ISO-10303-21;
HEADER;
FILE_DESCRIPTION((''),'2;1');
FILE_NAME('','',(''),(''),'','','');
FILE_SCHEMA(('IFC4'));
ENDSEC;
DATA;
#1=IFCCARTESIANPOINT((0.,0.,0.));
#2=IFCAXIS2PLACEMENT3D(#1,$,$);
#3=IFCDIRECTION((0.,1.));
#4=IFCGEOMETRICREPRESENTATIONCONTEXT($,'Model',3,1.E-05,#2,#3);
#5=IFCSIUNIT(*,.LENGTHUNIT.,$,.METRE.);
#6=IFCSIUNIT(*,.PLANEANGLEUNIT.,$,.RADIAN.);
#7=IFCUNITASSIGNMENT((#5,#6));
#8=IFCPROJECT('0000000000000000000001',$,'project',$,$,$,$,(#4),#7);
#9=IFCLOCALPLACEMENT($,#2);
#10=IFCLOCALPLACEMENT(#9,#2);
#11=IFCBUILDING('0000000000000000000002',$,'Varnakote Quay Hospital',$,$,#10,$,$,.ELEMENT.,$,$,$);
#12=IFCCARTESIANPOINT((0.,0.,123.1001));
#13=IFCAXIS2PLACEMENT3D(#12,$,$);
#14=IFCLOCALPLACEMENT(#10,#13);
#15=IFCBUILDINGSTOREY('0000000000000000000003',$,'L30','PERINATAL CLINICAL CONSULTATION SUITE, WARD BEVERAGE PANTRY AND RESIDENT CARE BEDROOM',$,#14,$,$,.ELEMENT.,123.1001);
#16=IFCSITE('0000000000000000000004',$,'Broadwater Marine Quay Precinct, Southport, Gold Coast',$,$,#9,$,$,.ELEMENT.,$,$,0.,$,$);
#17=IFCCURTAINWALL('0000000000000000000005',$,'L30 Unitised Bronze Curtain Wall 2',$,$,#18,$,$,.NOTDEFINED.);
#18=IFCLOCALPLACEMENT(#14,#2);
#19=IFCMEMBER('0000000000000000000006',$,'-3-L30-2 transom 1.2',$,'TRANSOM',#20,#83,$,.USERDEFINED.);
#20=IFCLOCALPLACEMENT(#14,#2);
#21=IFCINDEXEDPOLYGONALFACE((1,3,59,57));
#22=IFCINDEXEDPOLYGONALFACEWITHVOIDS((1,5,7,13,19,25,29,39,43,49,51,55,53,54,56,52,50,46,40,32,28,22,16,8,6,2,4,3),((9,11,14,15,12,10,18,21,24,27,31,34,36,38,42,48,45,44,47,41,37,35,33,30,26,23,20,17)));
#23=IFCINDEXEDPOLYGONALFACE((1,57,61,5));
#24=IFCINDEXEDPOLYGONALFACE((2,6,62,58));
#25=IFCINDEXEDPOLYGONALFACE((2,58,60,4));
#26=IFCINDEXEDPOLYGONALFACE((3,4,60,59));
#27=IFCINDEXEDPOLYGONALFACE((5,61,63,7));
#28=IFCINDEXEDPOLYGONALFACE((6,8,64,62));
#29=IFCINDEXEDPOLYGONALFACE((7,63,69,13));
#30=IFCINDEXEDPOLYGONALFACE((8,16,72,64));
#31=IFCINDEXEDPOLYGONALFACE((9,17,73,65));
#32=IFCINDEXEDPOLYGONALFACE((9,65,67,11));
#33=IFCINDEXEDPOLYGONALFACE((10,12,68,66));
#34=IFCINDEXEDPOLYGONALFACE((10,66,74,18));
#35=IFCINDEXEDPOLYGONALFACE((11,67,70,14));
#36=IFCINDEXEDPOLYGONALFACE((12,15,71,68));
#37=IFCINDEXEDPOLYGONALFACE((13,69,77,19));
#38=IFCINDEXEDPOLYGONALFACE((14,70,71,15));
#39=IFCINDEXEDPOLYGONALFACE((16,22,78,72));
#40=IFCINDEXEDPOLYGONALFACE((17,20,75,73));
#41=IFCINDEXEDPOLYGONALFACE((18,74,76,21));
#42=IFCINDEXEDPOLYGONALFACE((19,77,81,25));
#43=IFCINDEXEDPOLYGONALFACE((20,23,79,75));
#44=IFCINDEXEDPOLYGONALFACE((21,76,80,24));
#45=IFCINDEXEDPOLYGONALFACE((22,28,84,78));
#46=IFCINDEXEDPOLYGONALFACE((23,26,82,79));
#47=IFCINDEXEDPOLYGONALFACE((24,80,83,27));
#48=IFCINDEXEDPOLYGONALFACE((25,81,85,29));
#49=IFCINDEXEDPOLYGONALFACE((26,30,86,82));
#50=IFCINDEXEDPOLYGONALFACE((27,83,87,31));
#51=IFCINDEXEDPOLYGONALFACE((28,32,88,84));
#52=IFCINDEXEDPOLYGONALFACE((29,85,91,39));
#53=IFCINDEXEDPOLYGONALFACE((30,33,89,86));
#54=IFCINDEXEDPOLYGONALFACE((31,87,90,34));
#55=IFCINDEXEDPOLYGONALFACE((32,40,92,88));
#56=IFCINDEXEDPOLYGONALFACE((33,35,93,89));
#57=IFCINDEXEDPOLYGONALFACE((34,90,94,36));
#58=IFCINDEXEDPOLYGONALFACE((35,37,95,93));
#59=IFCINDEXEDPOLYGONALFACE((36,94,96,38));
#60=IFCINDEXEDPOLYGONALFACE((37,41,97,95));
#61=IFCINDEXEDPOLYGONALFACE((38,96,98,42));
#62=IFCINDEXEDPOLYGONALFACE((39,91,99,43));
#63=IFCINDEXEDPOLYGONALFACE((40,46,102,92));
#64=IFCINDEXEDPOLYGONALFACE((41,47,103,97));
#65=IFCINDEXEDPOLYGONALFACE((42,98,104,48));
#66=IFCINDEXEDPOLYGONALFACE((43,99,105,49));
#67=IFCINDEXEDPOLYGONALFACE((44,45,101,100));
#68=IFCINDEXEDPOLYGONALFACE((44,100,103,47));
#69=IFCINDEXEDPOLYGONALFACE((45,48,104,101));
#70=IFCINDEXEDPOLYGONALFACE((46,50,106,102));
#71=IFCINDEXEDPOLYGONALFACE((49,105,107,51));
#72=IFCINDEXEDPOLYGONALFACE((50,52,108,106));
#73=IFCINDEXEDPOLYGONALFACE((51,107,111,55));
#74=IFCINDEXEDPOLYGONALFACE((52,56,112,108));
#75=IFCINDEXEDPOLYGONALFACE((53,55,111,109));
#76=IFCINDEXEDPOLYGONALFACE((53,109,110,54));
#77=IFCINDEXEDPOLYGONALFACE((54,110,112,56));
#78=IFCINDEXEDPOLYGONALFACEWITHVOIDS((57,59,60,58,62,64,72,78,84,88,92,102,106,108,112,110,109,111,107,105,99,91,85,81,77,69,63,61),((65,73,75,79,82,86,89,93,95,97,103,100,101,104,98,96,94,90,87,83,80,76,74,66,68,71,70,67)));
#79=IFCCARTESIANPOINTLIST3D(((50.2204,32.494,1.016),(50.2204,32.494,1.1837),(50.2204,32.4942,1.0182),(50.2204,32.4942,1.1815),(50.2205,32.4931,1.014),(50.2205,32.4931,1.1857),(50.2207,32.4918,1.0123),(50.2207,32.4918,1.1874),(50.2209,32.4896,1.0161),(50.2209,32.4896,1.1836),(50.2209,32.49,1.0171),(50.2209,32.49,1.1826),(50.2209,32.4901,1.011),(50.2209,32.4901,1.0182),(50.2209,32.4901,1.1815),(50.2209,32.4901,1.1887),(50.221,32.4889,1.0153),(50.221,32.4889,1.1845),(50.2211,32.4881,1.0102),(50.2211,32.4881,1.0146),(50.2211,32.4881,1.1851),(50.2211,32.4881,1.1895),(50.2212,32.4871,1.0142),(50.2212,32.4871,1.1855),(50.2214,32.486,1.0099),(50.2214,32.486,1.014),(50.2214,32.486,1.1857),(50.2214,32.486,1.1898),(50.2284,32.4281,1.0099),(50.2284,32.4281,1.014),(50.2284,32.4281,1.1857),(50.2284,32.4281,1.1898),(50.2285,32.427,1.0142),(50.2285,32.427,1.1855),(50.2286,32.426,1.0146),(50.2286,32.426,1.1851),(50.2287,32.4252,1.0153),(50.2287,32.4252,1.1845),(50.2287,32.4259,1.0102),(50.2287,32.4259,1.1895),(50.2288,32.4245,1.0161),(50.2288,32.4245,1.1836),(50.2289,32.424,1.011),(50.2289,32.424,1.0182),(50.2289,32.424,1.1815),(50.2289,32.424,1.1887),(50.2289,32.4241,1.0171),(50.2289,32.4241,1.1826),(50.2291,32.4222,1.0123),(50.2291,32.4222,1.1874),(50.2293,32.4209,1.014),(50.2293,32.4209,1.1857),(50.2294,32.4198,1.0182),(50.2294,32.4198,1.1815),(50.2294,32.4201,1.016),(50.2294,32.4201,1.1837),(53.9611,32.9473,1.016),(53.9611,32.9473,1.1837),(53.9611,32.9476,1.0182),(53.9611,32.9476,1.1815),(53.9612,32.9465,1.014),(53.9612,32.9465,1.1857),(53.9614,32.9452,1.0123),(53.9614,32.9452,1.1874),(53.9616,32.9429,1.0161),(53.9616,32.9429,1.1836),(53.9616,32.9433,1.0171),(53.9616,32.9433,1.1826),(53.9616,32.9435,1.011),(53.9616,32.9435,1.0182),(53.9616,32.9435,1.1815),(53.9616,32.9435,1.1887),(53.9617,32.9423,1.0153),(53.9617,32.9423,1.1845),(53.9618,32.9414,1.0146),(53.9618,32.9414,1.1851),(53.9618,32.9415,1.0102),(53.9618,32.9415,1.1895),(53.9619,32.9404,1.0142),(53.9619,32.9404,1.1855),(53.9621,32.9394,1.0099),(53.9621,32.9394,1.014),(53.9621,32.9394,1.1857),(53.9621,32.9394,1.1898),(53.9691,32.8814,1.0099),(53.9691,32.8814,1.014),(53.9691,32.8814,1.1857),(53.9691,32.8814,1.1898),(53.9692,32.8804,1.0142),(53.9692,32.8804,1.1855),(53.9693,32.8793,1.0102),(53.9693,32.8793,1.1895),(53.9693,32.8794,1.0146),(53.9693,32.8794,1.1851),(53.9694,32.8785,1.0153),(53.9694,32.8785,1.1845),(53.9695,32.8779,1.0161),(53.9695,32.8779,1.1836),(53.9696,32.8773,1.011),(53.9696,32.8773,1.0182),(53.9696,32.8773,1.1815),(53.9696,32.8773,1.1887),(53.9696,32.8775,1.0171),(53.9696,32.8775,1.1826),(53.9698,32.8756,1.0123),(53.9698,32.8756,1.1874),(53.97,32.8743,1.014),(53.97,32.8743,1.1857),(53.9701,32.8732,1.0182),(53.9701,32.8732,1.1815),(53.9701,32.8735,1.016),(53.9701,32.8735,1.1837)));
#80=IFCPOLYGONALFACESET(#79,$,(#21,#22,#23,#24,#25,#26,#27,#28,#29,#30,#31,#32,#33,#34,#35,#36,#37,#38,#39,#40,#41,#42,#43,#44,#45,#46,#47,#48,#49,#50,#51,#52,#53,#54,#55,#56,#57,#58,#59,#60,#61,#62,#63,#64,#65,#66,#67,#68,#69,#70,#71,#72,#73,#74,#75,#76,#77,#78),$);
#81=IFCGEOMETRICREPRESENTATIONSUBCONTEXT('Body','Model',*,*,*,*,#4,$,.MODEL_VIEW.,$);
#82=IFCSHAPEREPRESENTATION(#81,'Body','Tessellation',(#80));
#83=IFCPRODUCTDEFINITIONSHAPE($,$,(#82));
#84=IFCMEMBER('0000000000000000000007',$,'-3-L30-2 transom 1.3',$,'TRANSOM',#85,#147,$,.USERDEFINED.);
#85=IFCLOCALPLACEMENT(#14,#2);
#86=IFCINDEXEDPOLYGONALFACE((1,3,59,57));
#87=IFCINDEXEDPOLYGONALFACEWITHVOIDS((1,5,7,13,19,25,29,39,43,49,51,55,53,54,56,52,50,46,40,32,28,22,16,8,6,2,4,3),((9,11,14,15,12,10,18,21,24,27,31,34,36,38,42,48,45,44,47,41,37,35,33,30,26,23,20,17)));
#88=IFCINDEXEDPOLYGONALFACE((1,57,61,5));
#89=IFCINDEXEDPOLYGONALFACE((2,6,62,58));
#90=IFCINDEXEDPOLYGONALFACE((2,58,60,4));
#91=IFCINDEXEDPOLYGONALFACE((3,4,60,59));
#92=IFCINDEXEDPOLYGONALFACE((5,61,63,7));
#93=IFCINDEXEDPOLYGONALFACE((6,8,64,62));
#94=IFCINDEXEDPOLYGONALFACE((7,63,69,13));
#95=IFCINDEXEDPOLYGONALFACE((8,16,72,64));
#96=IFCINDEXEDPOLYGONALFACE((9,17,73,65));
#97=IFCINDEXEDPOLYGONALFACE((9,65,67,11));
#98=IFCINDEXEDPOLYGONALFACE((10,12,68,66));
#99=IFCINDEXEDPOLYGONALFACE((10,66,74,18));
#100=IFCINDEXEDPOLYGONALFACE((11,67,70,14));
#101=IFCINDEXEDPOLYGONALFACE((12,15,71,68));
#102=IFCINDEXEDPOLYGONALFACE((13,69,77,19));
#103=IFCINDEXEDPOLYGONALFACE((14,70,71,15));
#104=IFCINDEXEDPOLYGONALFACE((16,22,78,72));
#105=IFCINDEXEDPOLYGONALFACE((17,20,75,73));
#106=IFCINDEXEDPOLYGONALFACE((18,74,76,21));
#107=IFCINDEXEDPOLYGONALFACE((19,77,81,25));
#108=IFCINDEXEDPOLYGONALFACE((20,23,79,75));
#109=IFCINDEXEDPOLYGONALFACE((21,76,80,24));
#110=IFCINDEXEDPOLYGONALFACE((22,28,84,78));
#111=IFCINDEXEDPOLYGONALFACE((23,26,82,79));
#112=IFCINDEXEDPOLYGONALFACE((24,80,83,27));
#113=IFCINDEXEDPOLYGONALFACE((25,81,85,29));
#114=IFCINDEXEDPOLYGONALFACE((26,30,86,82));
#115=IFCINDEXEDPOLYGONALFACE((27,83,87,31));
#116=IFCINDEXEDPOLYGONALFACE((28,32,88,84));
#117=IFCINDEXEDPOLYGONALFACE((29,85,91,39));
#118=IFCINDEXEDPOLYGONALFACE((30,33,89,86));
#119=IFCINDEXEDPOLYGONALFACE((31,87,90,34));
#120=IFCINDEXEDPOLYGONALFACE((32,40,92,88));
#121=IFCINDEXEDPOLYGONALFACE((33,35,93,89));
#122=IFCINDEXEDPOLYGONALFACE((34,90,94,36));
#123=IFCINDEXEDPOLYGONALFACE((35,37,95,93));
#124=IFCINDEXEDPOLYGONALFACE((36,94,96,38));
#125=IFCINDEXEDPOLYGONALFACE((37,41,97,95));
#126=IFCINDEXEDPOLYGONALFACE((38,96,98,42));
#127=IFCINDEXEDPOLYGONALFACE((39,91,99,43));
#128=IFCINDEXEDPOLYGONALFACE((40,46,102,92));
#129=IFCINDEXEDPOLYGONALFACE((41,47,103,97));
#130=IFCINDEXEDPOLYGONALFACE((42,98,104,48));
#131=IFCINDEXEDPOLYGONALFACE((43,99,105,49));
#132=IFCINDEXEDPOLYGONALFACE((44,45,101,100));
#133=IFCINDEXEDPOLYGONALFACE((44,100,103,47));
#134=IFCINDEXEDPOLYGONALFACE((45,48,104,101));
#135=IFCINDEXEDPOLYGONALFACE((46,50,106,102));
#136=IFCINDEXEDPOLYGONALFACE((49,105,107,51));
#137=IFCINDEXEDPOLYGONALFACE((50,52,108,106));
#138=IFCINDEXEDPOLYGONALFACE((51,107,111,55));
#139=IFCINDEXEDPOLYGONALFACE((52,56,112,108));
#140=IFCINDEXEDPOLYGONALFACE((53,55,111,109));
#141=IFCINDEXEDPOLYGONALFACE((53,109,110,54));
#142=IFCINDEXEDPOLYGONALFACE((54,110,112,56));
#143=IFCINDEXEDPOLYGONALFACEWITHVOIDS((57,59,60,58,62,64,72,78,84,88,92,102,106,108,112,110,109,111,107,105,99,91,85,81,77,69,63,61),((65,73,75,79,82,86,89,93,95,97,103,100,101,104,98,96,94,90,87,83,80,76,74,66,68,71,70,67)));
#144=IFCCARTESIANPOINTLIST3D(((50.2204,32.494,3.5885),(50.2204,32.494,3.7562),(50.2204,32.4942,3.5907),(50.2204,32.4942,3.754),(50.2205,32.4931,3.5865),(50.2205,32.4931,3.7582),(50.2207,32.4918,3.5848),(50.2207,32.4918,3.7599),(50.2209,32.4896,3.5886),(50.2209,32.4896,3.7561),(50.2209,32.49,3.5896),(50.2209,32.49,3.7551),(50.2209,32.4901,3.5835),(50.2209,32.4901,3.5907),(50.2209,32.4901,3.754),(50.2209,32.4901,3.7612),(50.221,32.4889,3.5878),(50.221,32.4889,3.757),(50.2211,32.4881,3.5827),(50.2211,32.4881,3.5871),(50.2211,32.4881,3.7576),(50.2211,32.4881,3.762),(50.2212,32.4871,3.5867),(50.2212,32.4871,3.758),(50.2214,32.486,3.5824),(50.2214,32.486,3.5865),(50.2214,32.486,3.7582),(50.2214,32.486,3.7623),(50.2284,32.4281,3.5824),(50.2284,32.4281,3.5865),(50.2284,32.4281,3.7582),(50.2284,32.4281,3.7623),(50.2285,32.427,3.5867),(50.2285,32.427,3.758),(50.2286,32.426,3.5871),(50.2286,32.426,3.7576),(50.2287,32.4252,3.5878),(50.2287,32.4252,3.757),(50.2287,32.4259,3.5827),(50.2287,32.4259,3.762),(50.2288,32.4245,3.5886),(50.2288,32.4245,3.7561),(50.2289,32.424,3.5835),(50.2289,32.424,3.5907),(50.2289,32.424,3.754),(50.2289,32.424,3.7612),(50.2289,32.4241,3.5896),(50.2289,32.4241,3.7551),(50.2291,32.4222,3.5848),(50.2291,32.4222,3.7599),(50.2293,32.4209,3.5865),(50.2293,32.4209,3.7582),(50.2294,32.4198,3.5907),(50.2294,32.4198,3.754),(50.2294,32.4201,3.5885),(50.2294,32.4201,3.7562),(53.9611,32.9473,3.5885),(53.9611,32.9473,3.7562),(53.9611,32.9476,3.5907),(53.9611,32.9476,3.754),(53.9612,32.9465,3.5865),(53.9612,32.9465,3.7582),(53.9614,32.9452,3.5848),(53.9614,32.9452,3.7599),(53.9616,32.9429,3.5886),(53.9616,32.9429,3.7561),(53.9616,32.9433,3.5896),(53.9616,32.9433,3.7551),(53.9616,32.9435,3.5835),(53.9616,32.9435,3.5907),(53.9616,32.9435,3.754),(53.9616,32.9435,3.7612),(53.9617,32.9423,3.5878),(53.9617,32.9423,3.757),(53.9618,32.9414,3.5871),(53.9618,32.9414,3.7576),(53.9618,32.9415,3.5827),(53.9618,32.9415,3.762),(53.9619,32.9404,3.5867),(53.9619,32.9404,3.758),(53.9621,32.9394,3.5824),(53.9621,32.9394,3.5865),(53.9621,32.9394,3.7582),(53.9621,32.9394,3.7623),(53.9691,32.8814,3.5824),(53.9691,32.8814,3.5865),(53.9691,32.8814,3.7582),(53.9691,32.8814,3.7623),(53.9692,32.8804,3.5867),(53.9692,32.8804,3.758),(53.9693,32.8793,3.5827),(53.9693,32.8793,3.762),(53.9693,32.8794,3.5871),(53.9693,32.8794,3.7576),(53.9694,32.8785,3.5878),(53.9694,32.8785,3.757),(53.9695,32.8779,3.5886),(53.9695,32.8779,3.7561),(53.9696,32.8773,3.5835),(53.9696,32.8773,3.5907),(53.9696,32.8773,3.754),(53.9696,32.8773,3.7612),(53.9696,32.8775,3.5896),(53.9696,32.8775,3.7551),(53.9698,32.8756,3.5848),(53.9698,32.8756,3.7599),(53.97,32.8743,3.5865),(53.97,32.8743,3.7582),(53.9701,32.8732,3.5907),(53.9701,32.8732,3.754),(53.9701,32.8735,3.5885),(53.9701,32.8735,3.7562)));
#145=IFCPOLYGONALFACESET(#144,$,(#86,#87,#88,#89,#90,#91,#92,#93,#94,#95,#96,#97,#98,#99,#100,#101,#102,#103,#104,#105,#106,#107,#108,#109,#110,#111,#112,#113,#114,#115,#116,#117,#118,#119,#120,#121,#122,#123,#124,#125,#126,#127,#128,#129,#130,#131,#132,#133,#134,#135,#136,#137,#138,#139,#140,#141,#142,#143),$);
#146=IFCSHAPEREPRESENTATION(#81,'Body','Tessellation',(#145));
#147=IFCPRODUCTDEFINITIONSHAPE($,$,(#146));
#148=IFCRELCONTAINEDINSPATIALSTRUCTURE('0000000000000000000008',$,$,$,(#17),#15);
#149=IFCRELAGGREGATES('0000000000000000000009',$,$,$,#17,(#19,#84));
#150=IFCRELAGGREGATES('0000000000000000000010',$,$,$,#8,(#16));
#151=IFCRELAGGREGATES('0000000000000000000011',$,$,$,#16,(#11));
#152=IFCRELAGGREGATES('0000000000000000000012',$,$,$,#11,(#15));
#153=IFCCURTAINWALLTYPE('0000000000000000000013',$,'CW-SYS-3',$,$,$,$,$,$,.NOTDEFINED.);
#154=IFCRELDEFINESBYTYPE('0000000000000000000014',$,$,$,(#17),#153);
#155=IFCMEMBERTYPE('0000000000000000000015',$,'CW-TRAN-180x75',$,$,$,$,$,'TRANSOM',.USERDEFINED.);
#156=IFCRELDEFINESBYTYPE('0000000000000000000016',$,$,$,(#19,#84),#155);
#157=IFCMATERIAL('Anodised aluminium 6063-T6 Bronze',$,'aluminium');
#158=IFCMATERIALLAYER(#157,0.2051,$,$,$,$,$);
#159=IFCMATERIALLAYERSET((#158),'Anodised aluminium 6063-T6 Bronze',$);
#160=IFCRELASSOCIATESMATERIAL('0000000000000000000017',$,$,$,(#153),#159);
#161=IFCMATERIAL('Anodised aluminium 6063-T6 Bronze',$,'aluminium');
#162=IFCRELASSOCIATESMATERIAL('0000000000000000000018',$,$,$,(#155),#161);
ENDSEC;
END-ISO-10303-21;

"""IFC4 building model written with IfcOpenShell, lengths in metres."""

from ifc_helpers import new_model, si_unit, direction, frame, origin, origin_2d, place, context, subcontext, project, spatial, hollow_rectangle, extrude, material, layer, layer_set, material_profile, profile_set, type_object, element, aggregate, save


model = new_model("IFC4")

# Units and contexts
model_context = context("Model", 3, precision=1e-05, world=origin(), true_north=direction((0.0, 1.0)))
body_context = subcontext(model_context, "Body", "Model", "MODEL_VIEW")
ifc_project = project(units=[si_unit("LENGTHUNIT", "METRE"), si_unit("PLANEANGLEUNIT", "RADIAN")], contexts=[model_context])

# Site, building, storey
site_placement = place(None, origin())
site = spatial("IfcSite", under=ifc_project, at=site_placement, Name="Broadwater Marine Quay Precinct, Southport, Gold Coast", CompositionType="ELEMENT", RefElevation=0.0)
building_placement = place(site_placement, origin())
building = spatial("IfcBuilding", under=site, at=building_placement, Name="Varnakote Quay Hospital", CompositionType="ELEMENT")
storey_placement = place(building_placement, frame((0.0, 0.0, 123.1001)))
storey = spatial("IfcBuildingStorey", under=building, at=storey_placement, Name="L30", Description="PERINATAL CLINICAL CONSULTATION SUITE, WARD BEVERAGE PANTRY AND RESIDENT CARE BEDROOM", CompositionType="ELEMENT", Elevation=123.1001)

# Shared definitions
ifc_material_1 = material(Name="Anodised aluminium 6063-T6 Bronze", Category="aluminium")
ifc_layer_1 = layer(ifc_material_1, 0.2051)
ifc_layer_set_1 = layer_set([ifc_layer_1], Name="Anodised aluminium 6063-T6 Bronze")
curtain_wall_type = type_object("IfcCurtainWallType", Name="CW-SYS-3", PredefinedType="NOTDEFINED", material=ifc_layer_set_1)

# Curtain wall, members
curtain_wall_1_placement = place(storey_placement, origin())
curtain_wall_1 = element("IfcCurtainWall", 1, at=curtain_wall_1_placement, inside=storey, type_object=curtain_wall_type, Name="L30 Unitised Bronze Curtain Wall 2", PredefinedType="NOTDEFINED")
ifc_material_2 = material(Name="Anodised aluminium 6063-T6 Bronze", Category="aluminium")
ifc_material_profile_1 = material_profile(ifc_material_2, hollow_rectangle(XDim=0.075, YDim=0.1799, WallThickness=0.0042, InnerFilletRadius=0.0042, OuterFilletRadius=0.0083, at=origin_2d()), Name="CW-TRAN-180x75")
ifc_profile_set_1 = profile_set([ifc_material_profile_1], Name="Anodised aluminium 6063-T6 Bronze")
member_type_1 = type_object("IfcMemberType", Name="CW-TRAN-180x75", ElementType="TRANSOM", PredefinedType="USERDEFINED", material=ifc_profile_set_1)
member_1_placement = place(storey_placement, frame((53.9656, 32.9104, 1.0999), z_axis=(-0.992735, -0.120318, 0.0), x_axis=(0.120318, -0.992735, 0.0)))
member_1 = element("IfcMember", 2, at=member_1_placement, type_object=member_type_1, Name="-3-L30-2 transom 1.2", ObjectType="TRANSOM", PredefinedType="USERDEFINED", context=body_context, shape_type="SweptSolid", body=[
    extrude(hollow_rectangle(XDim=0.075, YDim=0.1799, WallThickness=0.0042, InnerFilletRadius=0.0042, OuterFilletRadius=0.0083, at=origin_2d()), origin(), (0.0, 0.0, 1.0), 3.7681),
])
member_2_placement = place(storey_placement, frame((53.9656, 32.9104, 3.6724), z_axis=(-0.992735, -0.120318, 0.0), x_axis=(0.120318, -0.992735, 0.0)))
member_2 = element("IfcMember", 3, at=member_2_placement, type_object=member_type_1, Name="-3-L30-2 transom 1.3", ObjectType="TRANSOM", PredefinedType="USERDEFINED", context=body_context, shape_type="SweptSolid", body=[
    extrude(hollow_rectangle(XDim=0.075, YDim=0.1799, WallThickness=0.0042, InnerFilletRadius=0.0042, OuterFilletRadius=0.0083, at=origin_2d()), origin(), (0.0, 0.0, 1.0), 3.7681),
])

aggregate(curtain_wall_1, [member_1, member_2])

save(model, "model.ifc")
